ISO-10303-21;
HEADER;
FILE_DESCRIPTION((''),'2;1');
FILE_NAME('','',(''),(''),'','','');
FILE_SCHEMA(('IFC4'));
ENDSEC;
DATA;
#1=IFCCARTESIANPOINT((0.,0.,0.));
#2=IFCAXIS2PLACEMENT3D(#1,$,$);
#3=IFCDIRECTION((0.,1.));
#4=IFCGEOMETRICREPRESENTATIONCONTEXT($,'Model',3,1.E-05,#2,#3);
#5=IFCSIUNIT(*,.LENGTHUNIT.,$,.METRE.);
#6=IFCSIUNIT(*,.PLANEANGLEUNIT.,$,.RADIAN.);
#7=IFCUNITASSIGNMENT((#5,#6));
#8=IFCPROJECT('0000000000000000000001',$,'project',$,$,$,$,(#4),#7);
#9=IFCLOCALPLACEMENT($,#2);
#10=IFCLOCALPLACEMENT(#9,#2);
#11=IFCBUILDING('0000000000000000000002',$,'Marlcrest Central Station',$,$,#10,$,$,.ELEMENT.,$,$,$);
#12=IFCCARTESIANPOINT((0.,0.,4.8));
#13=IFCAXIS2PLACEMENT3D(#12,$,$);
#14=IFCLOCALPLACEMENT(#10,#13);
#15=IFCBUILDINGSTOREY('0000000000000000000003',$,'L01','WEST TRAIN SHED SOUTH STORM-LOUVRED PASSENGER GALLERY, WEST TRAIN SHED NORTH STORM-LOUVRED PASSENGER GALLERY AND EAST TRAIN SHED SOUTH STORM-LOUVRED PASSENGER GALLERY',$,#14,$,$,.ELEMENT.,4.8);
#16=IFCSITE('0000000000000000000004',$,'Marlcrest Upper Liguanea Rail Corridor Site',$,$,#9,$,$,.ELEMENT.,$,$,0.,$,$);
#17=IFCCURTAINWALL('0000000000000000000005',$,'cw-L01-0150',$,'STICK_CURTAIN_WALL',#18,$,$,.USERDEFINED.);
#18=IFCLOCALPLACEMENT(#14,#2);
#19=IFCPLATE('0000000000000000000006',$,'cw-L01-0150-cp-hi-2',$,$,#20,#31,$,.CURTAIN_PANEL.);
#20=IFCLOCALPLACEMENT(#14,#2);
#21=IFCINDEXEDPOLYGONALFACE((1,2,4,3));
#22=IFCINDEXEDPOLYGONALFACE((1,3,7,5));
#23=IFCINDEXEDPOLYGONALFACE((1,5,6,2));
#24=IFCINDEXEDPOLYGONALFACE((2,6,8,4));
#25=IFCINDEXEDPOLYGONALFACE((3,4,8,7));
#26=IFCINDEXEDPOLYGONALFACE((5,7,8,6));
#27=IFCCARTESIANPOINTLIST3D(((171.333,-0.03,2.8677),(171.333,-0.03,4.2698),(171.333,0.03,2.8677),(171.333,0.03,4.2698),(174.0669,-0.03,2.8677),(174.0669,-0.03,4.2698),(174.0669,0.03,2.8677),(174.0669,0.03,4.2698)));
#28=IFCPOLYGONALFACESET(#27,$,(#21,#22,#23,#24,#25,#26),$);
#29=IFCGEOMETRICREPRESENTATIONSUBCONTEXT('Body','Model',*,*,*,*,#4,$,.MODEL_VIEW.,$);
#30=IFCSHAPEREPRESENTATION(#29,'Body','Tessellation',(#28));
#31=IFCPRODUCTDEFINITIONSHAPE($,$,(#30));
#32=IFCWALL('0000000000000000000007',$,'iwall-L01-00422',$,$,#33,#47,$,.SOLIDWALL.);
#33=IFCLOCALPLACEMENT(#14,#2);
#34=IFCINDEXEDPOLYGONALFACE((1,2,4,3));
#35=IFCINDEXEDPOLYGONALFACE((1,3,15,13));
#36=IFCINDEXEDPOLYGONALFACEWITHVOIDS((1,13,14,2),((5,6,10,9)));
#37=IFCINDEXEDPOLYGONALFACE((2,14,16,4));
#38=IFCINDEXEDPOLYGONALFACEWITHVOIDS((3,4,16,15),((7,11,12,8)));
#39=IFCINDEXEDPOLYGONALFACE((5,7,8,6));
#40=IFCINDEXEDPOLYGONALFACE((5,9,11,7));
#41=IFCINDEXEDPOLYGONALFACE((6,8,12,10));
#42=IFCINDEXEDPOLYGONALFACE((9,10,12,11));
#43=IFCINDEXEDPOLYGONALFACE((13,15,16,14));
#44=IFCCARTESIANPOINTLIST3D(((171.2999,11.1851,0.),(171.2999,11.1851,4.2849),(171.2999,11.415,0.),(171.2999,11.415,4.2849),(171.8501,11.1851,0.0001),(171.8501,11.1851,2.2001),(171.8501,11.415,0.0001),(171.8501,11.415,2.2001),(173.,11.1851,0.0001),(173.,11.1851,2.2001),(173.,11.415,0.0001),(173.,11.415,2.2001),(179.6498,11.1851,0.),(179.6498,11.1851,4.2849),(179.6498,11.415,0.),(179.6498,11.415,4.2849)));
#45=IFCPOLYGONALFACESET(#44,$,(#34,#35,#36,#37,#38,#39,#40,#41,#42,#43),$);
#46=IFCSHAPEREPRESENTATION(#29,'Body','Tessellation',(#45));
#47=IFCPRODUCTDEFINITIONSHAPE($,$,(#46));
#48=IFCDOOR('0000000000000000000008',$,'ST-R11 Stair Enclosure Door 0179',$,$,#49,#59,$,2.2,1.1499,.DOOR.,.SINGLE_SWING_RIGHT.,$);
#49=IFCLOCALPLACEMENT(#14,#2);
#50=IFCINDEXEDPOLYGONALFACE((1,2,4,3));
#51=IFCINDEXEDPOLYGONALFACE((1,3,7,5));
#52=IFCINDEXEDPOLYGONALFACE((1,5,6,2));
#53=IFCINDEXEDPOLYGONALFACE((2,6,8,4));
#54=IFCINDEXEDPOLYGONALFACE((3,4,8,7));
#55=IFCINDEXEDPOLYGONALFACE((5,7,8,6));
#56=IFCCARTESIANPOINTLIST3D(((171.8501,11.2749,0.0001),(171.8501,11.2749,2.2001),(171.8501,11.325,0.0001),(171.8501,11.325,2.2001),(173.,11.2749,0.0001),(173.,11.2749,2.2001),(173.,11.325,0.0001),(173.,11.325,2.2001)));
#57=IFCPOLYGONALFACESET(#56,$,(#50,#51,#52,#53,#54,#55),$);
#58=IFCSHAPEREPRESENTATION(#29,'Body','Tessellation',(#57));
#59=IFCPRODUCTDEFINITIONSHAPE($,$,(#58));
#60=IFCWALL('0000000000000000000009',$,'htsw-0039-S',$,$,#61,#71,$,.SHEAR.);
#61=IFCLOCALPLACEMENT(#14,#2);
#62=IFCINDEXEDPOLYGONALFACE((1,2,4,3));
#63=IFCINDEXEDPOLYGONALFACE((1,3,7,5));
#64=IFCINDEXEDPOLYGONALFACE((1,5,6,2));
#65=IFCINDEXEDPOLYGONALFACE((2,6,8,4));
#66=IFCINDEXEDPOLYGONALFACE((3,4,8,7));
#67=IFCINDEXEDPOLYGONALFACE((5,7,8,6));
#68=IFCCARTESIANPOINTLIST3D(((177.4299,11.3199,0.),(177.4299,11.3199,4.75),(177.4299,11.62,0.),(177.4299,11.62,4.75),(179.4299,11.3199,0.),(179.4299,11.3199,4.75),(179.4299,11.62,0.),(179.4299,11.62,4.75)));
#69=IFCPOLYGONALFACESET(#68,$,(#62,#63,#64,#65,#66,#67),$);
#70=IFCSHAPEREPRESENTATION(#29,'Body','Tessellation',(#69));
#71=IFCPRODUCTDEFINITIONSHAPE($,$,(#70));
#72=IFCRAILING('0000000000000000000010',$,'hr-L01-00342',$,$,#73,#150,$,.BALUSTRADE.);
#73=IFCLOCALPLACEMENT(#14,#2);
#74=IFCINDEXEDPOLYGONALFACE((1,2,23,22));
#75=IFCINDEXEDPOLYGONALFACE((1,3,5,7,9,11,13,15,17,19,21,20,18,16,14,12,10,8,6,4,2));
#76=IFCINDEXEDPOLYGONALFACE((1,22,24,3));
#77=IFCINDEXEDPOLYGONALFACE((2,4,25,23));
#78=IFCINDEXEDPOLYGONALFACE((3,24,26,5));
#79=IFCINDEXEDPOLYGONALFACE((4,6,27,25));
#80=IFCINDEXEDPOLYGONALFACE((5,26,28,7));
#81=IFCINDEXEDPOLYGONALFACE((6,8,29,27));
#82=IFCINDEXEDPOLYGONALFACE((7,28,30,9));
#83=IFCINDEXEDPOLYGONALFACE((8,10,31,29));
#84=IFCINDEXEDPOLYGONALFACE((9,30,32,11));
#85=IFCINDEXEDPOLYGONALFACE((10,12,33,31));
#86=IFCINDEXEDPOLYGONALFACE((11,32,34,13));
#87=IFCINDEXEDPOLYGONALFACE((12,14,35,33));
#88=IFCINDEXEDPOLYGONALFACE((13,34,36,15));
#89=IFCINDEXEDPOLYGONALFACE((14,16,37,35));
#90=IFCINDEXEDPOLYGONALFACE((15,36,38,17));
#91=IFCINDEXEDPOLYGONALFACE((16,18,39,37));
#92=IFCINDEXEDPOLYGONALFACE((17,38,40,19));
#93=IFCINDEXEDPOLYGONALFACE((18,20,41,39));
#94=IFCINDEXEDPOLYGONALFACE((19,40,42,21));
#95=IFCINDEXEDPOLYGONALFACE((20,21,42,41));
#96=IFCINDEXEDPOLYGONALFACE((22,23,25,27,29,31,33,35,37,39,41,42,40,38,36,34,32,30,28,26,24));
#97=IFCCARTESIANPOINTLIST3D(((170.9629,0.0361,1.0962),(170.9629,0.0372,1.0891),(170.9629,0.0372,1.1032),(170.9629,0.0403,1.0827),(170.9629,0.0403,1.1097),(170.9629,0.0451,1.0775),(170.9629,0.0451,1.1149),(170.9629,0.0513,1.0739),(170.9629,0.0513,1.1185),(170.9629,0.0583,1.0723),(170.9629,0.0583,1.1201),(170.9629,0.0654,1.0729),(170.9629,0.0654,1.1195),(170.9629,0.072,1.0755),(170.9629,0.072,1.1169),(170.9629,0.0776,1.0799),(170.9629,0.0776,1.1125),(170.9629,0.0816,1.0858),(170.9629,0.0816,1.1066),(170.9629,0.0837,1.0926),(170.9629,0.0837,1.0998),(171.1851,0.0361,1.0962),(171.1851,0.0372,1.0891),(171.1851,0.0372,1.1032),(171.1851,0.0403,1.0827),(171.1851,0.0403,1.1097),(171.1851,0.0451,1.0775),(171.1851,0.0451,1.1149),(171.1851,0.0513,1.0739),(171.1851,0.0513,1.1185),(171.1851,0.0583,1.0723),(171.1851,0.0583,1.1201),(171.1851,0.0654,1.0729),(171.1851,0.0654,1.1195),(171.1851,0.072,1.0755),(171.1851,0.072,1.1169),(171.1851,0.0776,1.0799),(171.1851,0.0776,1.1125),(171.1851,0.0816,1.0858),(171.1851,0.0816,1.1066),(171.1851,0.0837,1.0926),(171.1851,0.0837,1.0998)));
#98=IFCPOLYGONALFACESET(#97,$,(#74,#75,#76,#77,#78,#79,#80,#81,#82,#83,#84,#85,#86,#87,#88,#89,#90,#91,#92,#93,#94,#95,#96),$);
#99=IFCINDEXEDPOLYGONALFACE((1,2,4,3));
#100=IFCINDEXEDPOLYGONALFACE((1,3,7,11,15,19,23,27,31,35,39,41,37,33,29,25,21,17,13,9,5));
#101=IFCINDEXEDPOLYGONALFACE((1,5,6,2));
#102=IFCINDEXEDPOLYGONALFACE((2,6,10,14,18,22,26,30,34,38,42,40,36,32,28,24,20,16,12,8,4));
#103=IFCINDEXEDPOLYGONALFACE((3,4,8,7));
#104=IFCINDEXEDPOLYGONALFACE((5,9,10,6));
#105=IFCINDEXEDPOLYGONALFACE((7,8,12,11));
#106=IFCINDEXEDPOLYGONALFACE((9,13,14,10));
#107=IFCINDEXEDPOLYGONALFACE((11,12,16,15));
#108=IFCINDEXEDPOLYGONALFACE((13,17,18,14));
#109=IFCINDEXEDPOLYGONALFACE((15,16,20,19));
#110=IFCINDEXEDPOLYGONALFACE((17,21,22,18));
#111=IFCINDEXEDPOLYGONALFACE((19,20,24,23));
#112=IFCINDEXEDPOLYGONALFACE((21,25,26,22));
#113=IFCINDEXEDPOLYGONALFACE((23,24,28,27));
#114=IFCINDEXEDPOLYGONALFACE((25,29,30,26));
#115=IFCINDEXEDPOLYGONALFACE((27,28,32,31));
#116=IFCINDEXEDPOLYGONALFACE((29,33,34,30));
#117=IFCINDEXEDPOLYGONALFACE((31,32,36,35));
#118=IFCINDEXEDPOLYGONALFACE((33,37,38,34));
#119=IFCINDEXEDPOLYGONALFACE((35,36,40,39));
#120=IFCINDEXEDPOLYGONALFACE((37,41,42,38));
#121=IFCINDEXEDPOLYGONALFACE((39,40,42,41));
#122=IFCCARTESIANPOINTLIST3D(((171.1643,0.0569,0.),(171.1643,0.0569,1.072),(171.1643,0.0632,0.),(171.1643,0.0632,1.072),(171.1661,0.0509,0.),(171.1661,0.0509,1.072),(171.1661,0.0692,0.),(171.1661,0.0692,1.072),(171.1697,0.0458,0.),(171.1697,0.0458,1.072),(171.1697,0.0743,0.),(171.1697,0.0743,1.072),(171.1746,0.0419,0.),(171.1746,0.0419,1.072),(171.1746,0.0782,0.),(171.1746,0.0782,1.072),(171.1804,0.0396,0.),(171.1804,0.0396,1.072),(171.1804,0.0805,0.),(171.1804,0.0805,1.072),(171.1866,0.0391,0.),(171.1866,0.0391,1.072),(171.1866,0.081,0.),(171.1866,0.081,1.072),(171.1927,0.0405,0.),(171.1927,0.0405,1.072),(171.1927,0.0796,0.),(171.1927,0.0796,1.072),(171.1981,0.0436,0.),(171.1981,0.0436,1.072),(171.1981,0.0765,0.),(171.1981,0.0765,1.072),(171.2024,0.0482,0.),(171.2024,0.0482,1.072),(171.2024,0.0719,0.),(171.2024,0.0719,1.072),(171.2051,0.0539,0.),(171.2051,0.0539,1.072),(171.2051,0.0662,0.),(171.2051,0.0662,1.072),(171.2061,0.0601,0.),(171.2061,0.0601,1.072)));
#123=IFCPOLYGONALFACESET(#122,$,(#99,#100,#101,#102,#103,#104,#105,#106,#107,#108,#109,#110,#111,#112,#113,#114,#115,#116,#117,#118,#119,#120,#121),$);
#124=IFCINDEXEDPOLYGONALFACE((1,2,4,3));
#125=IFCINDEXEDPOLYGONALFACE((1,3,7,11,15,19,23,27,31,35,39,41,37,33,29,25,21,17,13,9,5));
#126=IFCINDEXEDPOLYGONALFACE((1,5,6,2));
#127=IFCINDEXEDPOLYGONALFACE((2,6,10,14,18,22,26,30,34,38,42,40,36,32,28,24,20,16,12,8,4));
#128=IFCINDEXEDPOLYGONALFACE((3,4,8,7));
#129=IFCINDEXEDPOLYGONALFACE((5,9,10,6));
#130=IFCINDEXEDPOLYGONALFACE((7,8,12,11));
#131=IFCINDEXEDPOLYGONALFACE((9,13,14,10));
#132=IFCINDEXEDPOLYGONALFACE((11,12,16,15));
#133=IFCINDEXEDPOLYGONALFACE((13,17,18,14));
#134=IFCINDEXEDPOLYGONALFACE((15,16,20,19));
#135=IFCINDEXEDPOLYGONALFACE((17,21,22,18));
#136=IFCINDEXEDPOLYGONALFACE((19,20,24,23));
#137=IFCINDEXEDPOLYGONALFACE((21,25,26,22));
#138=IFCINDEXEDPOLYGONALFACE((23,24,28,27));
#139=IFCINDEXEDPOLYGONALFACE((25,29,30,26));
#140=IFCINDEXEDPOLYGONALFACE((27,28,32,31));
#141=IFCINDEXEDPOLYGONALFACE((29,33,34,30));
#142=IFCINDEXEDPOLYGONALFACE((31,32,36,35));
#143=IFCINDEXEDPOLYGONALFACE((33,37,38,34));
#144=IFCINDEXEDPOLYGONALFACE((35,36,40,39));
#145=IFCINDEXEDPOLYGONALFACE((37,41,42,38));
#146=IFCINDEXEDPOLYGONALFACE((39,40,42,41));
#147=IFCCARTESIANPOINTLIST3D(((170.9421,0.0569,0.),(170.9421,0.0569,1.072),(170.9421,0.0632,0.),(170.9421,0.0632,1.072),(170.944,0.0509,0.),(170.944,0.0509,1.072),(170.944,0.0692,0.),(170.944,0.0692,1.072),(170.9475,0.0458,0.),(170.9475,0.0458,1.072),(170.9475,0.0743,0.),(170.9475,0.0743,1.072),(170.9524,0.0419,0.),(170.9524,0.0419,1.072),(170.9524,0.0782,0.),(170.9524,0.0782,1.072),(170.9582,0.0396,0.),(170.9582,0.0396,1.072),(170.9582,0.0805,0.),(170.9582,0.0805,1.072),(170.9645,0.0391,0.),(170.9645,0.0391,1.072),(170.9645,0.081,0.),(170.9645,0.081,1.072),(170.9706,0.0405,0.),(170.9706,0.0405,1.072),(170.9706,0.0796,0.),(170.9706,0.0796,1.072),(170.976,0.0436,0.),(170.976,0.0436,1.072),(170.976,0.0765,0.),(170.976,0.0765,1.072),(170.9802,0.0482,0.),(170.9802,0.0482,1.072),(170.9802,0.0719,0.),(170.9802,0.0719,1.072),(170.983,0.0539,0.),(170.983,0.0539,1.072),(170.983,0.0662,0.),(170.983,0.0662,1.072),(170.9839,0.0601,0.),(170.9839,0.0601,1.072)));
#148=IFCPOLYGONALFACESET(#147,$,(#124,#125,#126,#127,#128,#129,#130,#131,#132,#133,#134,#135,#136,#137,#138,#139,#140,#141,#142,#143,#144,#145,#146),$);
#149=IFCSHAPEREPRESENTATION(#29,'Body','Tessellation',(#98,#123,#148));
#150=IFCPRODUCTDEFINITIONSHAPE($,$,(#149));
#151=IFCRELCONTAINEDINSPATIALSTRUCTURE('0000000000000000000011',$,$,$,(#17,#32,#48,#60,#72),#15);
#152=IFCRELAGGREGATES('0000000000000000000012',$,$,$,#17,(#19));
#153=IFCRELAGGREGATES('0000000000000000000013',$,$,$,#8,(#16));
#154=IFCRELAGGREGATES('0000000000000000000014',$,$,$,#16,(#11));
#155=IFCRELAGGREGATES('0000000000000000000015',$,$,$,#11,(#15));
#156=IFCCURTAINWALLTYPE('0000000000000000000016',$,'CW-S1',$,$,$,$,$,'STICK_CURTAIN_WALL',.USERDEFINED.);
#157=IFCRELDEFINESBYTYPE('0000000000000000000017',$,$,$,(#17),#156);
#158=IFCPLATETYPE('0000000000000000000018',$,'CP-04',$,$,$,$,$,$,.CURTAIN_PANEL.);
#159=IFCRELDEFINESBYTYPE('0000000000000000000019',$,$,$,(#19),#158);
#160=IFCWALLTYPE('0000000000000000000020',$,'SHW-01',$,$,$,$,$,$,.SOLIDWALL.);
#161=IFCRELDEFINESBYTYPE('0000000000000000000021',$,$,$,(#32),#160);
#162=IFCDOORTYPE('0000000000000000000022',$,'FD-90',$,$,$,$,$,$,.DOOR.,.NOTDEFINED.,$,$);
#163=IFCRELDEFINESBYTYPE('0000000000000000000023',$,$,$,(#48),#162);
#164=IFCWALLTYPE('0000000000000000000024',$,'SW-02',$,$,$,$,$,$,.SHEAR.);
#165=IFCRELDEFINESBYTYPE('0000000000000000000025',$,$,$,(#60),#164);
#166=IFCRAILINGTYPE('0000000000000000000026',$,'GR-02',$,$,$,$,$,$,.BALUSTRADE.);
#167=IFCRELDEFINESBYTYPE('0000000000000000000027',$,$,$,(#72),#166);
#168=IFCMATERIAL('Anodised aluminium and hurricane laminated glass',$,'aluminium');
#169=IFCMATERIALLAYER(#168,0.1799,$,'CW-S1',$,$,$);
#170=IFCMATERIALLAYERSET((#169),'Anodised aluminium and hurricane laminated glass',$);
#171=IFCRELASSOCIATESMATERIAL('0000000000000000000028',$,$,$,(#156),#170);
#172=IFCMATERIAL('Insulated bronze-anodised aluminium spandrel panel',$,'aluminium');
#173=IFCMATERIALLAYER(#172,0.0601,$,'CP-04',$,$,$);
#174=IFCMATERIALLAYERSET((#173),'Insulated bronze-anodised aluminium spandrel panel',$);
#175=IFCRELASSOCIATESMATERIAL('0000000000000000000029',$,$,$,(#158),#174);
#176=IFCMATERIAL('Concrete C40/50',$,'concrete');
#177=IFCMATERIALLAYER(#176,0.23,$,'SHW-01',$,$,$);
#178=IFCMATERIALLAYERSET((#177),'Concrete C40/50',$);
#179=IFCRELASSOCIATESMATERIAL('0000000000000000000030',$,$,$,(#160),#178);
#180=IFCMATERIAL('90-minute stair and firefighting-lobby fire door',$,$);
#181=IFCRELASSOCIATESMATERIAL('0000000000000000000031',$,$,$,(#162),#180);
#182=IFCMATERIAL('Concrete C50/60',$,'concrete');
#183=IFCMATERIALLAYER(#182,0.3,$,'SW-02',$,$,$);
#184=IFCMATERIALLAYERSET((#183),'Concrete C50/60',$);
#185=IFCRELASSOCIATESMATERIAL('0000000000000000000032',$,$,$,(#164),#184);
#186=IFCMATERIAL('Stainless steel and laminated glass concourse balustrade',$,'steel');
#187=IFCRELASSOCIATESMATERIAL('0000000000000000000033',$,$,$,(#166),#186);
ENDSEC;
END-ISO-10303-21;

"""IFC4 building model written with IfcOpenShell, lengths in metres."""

from ifc_helpers import new_model, si_unit, direction, frame, frame_2d, origin, origin_2d, place, context, subcontext, project, spatial, rectangle, circle, extrude, material, layer, layer_set, type_object, element, fill, aggregate, save


model = new_model("IFC4")

# Units and contexts
model_context = context("Model", 3, precision=1e-05, world=origin(), true_north=direction((0.0, 1.0)))
body_context = subcontext(model_context, "Body", "Model", "MODEL_VIEW")
ifc_project = project(units=[si_unit("LENGTHUNIT", "METRE"), si_unit("PLANEANGLEUNIT", "RADIAN")], contexts=[model_context])

# Site, building, storey
site_placement = place(None, origin())
site = spatial("IfcSite", under=ifc_project, at=site_placement, Name="Marlcrest Upper Liguanea Rail Corridor Site", CompositionType="ELEMENT", RefElevation=0.0)
building_placement = place(site_placement, origin())
building = spatial("IfcBuilding", under=site, at=building_placement, Name="Marlcrest Central Station", CompositionType="ELEMENT")
storey_placement = place(building_placement, frame((0.0, 0.0, 4.8)))
storey = spatial("IfcBuildingStorey", under=building, at=storey_placement, Name="L01", Description="WEST TRAIN SHED SOUTH STORM-LOUVRED PASSENGER GALLERY, WEST TRAIN SHED NORTH STORM-LOUVRED PASSENGER GALLERY AND EAST TRAIN SHED SOUTH STORM-LOUVRED PASSENGER GALLERY", CompositionType="ELEMENT", Elevation=4.8)

# Curtain wall, plate
ifc_material_1 = material(Name="Anodised aluminium and hurricane laminated glass", Category="aluminium")
ifc_layer_1 = layer(ifc_material_1, 0.1799, Name="CW-S1")
ifc_layer_set_1 = layer_set([ifc_layer_1], Name="Anodised aluminium and hurricane laminated glass")
curtain_wall_type = type_object("IfcCurtainWallType", Name="CW-S1", ElementType="STICK_CURTAIN_WALL", PredefinedType="USERDEFINED", material=ifc_layer_set_1)
curtain_wall_placement = place(storey_placement, origin())
curtain_wall = element("IfcCurtainWall", 1, at=curtain_wall_placement, inside=storey, type_object=curtain_wall_type, Name="cw-L01-0150", ObjectType="STICK_CURTAIN_WALL", PredefinedType="USERDEFINED")
ifc_material_2 = material(Name="Insulated bronze-anodised aluminium spandrel panel", Category="aluminium")
ifc_layer_2 = layer(ifc_material_2, 0.0601, Name="CP-04")
ifc_layer_set_2 = layer_set([ifc_layer_2], Name="Insulated bronze-anodised aluminium spandrel panel")
plate_type_1 = type_object("IfcPlateType", Name="CP-04", PredefinedType="CURTAIN_PANEL", material=ifc_layer_set_2)
plate_1_placement = place(storey_placement, frame((172.7, 0.0, 2.8677), z_axis=(0.0, 0.0, 1.0), x_axis=(-1.0, 0.0, 0.0)))
plate_1 = element("IfcPlate", 2, at=plate_1_placement, type_object=plate_type_1, Name="cw-L01-0150-cp-hi-2", PredefinedType="CURTAIN_PANEL", context=body_context, shape_type="SweptSolid", body=[
    extrude(rectangle(XDim=2.7339, YDim=0.0601, at=origin_2d()), origin(), (0.0, 0.0, 1.0), 1.4021),
])
aggregate(curtain_wall, [plate_1])

# Wall, opening, door
ifc_material_3 = material(Name="Concrete C40/50", Category="concrete")
ifc_layer_3 = layer(ifc_material_3, 0.23, Name="SHW-01")
ifc_layer_set_3 = layer_set([ifc_layer_3], Name="Concrete C40/50")
wall_type_1 = type_object("IfcWallType", Name="SHW-01", PredefinedType="SOLIDWALL", material=ifc_layer_set_3)
wall_1_placement = place(storey_placement, frame((171.3, 11.3, 0.0), z_axis=(0.0, 0.0, 1.0), x_axis=(1.0, 0.0, 0.0)))
wall_1 = element("IfcWall", 3, at=wall_1_placement, inside=storey, type_object=wall_type_1, Name="iwall-L01-00422", PredefinedType="SOLIDWALL", context=body_context, shape_type="SweptSolid", body=[
    extrude(rectangle(XDim=8.3499, YDim=0.23, at=frame_2d((4.1748, 0.0))), origin(), (0.0, 0.0, 1.0), 4.2849),
])
opening_placement = place(wall_1_placement, frame((0.55, 0.0, 0.0)))
opening = element("IfcOpeningElement", 4, at=opening_placement, cuts=wall_1, PredefinedType="OPENING", context=body_context, shape_type="SweptSolid", body=[
    extrude(rectangle(XDim=1.1499, YDim=2.2, at=frame_2d((0.575, 1.1001))), frame((0.0, 0.125, 0.0), z_axis=(0.0, -1.0, 0.0), x_axis=(1.0, 0.0, 0.0)), (0.0, 0.0, 1.0), 0.25),
])
ifc_material_4 = material(Name="90-minute stair and firefighting-lobby fire door")
door_type = type_object("IfcDoorType", Name="FD-90", OperationType="NOTDEFINED", PredefinedType="DOOR", material=ifc_material_4)
door_placement = place(opening_placement, origin())
door = element("IfcDoor", 5, at=door_placement, inside=storey, type_object=door_type, Name="ST-R11 Stair Enclosure Door 0179", OperationType="SINGLE_SWING_RIGHT", OverallHeight=2.2, OverallWidth=1.1499, PredefinedType="DOOR", context=body_context, shape_type="SweptSolid", body=[
    extrude(rectangle(XDim=1.1499, YDim=2.2, at=frame_2d((0.575, 1.1001))), frame((0.0, 0.0249, 0.0), z_axis=(0.0, -1.0, 0.0), x_axis=(1.0, 0.0, 0.0)), (0.0, 0.0, 1.0), 0.05),
])
fill(opening, door)

# Wall
ifc_material_5 = material(Name="Concrete C50/60", Category="concrete")
ifc_layer_4 = layer(ifc_material_5, 0.3, Name="SW-02")
ifc_layer_set_4 = layer_set([ifc_layer_4], Name="Concrete C50/60")
wall_type_2 = type_object("IfcWallType", Name="SW-02", PredefinedType="SHEAR", material=ifc_layer_set_4)
wall_2_placement = place(storey_placement, frame((177.4299, 11.47, 0.0), z_axis=(0.0, 0.0, 1.0), x_axis=(1.0, 0.0, 0.0)))
element("IfcWall", 6, at=wall_2_placement, inside=storey, type_object=wall_type_2, Name="htsw-0039-S", PredefinedType="SHEAR", context=body_context, shape_type="SweptSolid", body=[
    extrude(rectangle(XDim=2.0, YDim=0.3, at=frame_2d((1.0, 0.0))), origin(), (0.0, 0.0, 1.0), 4.75),
])

# Railing
ifc_material_6 = material(Name="Stainless steel and laminated glass concourse balustrade", Category="steel")
railing_type_1 = type_object("IfcRailingType", Name="GR-02", PredefinedType="BALUSTRADE", material=ifc_material_6)
railing_1_placement = place(storey_placement, frame((171.1851, 0.0601, 0.0)))
element("IfcRailing", 7, at=railing_1_placement, inside=storey, type_object=railing_type_1, Name="hr-L01-00342", PredefinedType="BALUSTRADE", context=body_context, shape_type="SweptSolid", body=[
    extrude(circle(Radius=0.0239, at=origin_2d()), frame((0.0, 0.0, 1.0962), z_axis=(-1.0, 0.0, 0.0), x_axis=(0.0, -1.0, 0.0)), (0.0, 0.0, 1.0), 0.2222),
    extrude(circle(Radius=0.021, at=origin_2d()), origin(), (0.0, 0.0, 1.0), 1.072),
    extrude(circle(Radius=0.021, at=origin_2d()), frame((-0.2222, 0.0, 0.0)), (0.0, 0.0, 1.0), 1.072),
])

save(model, "model.ifc")
